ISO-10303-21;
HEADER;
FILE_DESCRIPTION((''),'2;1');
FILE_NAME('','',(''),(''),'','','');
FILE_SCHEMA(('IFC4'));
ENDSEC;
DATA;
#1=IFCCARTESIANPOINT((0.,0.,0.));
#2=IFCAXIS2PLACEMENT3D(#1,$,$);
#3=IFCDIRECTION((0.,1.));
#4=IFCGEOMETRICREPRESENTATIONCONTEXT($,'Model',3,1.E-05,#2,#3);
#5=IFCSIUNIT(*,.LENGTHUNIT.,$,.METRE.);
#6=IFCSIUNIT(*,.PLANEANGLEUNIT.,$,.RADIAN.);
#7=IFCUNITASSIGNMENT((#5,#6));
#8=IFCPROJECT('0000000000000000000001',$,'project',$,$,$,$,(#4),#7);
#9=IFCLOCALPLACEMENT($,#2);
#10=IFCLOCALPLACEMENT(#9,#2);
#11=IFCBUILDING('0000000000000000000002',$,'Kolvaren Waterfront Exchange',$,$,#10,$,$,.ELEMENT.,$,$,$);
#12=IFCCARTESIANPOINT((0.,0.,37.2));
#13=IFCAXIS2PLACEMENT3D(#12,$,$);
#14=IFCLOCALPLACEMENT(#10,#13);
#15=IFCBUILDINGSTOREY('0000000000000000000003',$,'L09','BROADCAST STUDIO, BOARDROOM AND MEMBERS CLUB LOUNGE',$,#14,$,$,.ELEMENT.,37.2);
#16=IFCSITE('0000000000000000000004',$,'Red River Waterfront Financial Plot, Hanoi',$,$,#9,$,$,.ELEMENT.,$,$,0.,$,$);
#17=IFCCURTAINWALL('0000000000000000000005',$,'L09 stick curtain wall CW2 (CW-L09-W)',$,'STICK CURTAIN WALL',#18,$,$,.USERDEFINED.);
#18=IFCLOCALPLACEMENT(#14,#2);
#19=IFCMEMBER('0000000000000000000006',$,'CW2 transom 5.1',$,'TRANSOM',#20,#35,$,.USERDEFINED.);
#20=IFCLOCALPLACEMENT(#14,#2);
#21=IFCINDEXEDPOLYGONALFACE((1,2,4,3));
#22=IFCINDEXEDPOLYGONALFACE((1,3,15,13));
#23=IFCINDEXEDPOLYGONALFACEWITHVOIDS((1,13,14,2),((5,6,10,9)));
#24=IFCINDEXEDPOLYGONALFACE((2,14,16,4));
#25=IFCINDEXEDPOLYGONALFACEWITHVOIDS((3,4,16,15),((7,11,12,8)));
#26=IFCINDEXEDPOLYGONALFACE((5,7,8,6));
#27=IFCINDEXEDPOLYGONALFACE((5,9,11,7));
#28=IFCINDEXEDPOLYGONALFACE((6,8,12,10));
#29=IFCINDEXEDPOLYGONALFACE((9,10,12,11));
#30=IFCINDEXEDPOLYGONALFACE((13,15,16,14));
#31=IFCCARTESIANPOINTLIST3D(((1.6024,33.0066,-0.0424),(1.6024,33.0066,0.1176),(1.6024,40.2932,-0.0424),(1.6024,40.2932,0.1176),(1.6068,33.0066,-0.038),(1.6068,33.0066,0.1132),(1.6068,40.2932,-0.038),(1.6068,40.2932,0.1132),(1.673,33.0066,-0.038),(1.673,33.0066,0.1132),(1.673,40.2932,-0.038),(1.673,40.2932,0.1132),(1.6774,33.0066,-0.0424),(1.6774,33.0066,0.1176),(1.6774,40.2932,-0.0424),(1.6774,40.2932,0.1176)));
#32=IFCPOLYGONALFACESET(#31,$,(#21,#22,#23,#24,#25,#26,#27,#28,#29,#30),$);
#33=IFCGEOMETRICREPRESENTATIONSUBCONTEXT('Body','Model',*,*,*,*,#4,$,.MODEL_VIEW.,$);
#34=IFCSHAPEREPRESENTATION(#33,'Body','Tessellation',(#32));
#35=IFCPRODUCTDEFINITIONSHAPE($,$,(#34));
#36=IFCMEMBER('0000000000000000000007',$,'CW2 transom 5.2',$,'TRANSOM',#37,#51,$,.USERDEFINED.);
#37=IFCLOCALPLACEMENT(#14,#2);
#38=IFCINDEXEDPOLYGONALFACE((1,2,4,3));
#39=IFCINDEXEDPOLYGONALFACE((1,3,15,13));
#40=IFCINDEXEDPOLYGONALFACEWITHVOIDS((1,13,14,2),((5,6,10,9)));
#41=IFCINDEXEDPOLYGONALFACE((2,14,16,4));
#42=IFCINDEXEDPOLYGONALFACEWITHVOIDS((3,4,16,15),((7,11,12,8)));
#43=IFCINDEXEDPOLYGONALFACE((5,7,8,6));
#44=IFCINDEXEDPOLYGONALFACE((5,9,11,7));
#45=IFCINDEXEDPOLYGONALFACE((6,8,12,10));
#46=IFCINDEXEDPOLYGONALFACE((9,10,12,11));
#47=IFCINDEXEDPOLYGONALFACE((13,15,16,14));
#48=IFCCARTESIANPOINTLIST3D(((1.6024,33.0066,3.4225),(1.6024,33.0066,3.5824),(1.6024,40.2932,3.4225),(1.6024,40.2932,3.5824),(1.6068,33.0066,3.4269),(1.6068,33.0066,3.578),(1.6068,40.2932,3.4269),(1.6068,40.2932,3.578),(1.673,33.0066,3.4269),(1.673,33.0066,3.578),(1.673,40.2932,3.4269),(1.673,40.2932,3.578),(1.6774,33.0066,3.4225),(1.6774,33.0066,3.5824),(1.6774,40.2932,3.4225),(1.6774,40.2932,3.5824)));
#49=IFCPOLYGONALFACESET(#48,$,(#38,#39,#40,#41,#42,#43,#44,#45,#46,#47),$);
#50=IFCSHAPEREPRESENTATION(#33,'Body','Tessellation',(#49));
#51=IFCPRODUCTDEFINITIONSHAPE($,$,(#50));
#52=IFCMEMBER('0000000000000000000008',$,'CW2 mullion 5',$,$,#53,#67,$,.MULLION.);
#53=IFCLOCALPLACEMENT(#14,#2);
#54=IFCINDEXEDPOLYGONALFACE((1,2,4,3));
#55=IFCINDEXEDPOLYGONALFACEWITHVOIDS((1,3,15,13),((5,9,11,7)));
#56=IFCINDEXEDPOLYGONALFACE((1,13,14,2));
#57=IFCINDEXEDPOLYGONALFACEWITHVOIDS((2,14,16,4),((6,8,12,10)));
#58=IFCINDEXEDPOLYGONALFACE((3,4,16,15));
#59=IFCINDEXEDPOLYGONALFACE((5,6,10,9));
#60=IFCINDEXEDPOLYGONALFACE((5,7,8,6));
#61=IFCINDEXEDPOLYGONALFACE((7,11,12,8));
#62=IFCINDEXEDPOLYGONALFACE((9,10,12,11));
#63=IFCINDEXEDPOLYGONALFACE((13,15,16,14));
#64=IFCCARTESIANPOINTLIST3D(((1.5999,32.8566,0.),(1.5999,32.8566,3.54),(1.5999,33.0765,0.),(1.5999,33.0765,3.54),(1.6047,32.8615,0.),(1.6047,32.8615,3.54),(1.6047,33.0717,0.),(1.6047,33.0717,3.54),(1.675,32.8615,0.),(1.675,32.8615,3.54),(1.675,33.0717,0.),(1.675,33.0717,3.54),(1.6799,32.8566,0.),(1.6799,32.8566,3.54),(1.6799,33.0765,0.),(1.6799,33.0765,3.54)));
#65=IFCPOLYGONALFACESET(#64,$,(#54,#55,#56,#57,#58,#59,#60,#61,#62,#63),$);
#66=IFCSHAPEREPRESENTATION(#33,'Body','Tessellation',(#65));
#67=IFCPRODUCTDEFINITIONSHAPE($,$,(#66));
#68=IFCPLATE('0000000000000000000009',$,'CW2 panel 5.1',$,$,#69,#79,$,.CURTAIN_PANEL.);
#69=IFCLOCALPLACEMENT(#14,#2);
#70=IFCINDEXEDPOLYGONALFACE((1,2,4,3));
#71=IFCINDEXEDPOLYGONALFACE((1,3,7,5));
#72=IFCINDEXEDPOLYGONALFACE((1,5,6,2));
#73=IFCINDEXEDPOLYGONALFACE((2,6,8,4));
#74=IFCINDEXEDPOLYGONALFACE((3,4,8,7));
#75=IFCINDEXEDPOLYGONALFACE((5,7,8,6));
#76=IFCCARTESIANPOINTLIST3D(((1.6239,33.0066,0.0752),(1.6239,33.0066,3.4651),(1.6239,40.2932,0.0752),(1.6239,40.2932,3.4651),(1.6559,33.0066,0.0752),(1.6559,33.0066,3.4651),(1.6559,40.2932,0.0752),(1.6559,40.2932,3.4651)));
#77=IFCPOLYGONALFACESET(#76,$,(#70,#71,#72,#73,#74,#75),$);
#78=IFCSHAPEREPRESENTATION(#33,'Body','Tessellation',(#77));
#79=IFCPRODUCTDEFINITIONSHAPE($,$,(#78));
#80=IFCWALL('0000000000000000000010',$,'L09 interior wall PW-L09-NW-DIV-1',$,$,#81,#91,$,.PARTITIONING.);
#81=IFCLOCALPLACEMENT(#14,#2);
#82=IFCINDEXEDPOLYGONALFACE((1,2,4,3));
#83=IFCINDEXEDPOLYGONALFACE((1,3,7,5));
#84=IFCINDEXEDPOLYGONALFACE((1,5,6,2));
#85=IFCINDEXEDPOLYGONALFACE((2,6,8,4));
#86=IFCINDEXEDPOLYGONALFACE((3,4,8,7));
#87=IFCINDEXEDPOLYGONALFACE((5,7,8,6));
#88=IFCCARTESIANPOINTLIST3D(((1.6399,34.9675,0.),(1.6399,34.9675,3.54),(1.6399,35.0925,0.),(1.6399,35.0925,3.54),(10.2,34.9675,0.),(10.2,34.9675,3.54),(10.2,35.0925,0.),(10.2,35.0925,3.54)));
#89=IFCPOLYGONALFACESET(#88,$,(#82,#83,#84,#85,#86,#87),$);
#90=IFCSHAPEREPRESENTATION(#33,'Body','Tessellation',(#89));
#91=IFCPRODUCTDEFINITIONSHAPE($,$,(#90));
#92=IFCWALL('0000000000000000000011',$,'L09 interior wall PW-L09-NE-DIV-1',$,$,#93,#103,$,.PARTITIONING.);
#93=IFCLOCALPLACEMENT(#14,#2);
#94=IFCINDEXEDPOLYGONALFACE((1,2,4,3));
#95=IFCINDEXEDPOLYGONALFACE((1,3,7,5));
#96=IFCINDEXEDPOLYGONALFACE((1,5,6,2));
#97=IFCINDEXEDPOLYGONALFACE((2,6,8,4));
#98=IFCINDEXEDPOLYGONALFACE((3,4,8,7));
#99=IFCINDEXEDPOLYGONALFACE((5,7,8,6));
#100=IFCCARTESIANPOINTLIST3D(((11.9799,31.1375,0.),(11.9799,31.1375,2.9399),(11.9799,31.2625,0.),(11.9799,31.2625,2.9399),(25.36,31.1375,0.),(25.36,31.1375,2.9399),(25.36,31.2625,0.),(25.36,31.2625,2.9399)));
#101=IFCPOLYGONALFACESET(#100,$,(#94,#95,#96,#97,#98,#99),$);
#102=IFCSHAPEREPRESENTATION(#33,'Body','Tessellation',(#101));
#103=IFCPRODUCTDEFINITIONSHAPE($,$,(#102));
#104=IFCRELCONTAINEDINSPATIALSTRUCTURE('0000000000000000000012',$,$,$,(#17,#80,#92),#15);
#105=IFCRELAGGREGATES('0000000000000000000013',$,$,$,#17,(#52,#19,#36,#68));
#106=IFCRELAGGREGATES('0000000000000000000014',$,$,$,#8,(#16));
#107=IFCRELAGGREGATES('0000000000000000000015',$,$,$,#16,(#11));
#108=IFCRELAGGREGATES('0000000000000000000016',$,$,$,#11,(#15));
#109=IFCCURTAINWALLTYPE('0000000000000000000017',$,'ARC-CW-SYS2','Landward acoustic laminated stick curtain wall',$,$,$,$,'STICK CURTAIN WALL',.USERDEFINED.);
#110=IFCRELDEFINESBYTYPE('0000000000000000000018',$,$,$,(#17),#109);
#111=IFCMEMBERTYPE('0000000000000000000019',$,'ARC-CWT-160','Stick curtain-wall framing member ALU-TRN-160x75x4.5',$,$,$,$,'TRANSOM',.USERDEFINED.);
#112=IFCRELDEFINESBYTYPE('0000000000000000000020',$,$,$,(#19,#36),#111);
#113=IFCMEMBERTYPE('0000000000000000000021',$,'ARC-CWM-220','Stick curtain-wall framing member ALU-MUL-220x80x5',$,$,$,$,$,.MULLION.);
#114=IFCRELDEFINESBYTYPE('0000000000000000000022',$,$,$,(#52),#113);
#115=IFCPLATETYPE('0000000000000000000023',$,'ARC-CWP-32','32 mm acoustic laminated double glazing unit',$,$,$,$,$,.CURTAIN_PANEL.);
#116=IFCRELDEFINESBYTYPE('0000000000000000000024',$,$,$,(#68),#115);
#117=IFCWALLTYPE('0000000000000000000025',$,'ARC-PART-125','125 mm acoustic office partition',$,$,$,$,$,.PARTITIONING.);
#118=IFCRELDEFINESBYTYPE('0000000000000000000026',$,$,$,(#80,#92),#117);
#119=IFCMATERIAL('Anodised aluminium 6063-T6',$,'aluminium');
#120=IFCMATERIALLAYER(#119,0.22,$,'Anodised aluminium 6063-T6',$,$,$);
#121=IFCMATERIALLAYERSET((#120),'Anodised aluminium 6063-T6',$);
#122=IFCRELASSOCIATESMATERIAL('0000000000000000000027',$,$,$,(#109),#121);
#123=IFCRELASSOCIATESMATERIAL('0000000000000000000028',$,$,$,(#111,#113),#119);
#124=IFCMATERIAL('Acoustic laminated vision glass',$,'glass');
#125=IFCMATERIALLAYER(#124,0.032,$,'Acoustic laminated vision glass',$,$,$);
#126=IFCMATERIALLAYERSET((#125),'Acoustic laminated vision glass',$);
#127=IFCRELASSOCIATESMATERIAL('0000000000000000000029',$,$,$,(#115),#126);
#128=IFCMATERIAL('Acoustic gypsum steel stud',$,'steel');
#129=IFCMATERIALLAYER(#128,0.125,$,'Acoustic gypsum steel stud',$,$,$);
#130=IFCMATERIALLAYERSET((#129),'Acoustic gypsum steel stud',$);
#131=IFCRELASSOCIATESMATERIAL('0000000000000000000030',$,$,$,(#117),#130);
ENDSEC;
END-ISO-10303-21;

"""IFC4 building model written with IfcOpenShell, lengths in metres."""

from ifc_helpers import new_model, si_unit, direction, frame, frame_2d, origin, origin_with_axes, origin_2d, place, context, subcontext, project, spatial, rectangle, hollow_rectangle, extrude, source, transform, mapped, material, layer, layer_set, material_profile, profile_set, type_object, element, aggregate, save


model = new_model("IFC4")

# Units and contexts
model_context = context("Model", 3, precision=1e-05, world=origin(), true_north=direction((0.0, 1.0)))
body_context = subcontext(model_context, "Body", "Model", "MODEL_VIEW")
ifc_project = project(units=[si_unit("LENGTHUNIT", "METRE"), si_unit("PLANEANGLEUNIT", "RADIAN")], contexts=[model_context])

# Site, building, storey
site_placement = place(None, origin())
site = spatial("IfcSite", under=ifc_project, at=site_placement, Name="Red River Waterfront Financial Plot, Hanoi", CompositionType="ELEMENT", RefElevation=0.0)
building_placement = place(site_placement, origin())
building = spatial("IfcBuilding", under=site, at=building_placement, Name="Kolvaren Waterfront Exchange", CompositionType="ELEMENT")
storey_placement = place(building_placement, frame((0.0, 0.0, 37.2)))
storey = spatial("IfcBuildingStorey", under=building, at=storey_placement, Name="L09", Description="BROADCAST STUDIO, BOARDROOM AND MEMBERS CLUB LOUNGE", CompositionType="ELEMENT", Elevation=37.2)

# Curtain wall, members, plate
ifc_material_1 = material(Name="Anodised aluminium 6063-T6", Category="aluminium")
ifc_layer_1 = layer(ifc_material_1, 0.22, Name="Anodised aluminium 6063-T6")
ifc_layer_set_1 = layer_set([ifc_layer_1], Name="Anodised aluminium 6063-T6")
curtain_wall_type = type_object("IfcCurtainWallType", Name="ARC-CW-SYS2", Description="Landward acoustic laminated stick curtain wall", ElementType="STICK CURTAIN WALL", PredefinedType="USERDEFINED", material=ifc_layer_set_1)
curtain_wall_placement = place(storey_placement, origin())
curtain_wall = element("IfcCurtainWall", 1, at=curtain_wall_placement, inside=storey, type_object=curtain_wall_type, Name="L09 stick curtain wall CW2 (CW-L09-W)", ObjectType="STICK CURTAIN WALL", PredefinedType="USERDEFINED")
ifc_material_profile_1 = material_profile(ifc_material_1, hollow_rectangle(XDim=0.075, YDim=0.1599, WallThickness=0.0044, at=origin_2d()), Name="ALU-TRN-160x75x4.5")
ifc_profile_set_1 = profile_set([ifc_material_profile_1], Name="Anodised aluminium 6063-T6")
member_type_1 = type_object("IfcMemberType", Name="ARC-CWT-160", Description="Stick curtain-wall framing member ALU-TRN-160x75x4.5", ElementType="TRANSOM", PredefinedType="USERDEFINED", material=ifc_profile_set_1)
shared_shape_1 = source(origin_with_axes(), body_context, "Body", "SweptSolid", [
    extrude(hollow_rectangle(XDim=0.075, YDim=0.1599, WallThickness=0.0044, at=origin_2d()), origin(), (0.0, 0.0, 1.0), 7.2866),
])
member_1_placement = place(storey_placement, frame((1.6399, 33.0066, 0.0376), z_axis=(0.0, 1.0, 0.0), x_axis=(-1.0, 0.0, 0.0)))
member_1 = element("IfcMember", 2, at=member_1_placement, type_object=member_type_1, Name="CW2 transom 5.1", ObjectType="TRANSOM", PredefinedType="USERDEFINED", context=body_context, shape_type="MappedRepresentation", body=[
    mapped(shared_shape_1, transform((0.0, 0.0, 0.0), x_axis=(1.0, 0.0, 0.0), y_axis=(0.0, 1.0, 0.0), z_axis=(0.0, 0.0, 1.0), scale=1.0)),
])
member_2_placement = place(storey_placement, frame((1.6399, 33.0066, 3.5024), z_axis=(0.0, 1.0, 0.0), x_axis=(-1.0, 0.0, 0.0)))
member_2 = element("IfcMember", 3, at=member_2_placement, type_object=member_type_1, Name="CW2 transom 5.2", ObjectType="TRANSOM", PredefinedType="USERDEFINED", context=body_context, shape_type="MappedRepresentation", body=[
    mapped(shared_shape_1, transform((0.0, 0.0, 0.0), x_axis=(1.0, 0.0, 0.0), y_axis=(0.0, 1.0, 0.0), z_axis=(0.0, 0.0, 1.0), scale=1.0)),
])
ifc_material_profile_2 = material_profile(ifc_material_1, hollow_rectangle(XDim=0.0801, YDim=0.22, WallThickness=0.0049, at=origin_2d()), Name="ALU-MUL-220x80x5")
ifc_profile_set_2 = profile_set([ifc_material_profile_2], Name="Anodised aluminium 6063-T6")
member_type_2 = type_object("IfcMemberType", Name="ARC-CWM-220", Description="Stick curtain-wall framing member ALU-MUL-220x80x5", PredefinedType="MULLION", material=ifc_profile_set_2)
shared_shape_2 = source(origin_with_axes(), body_context, "Body", "SweptSolid", [
    extrude(hollow_rectangle(XDim=0.0801, YDim=0.22, WallThickness=0.0049, at=origin_2d()), origin(), (0.0, 0.0, 1.0), 3.54),
])
member_3_placement = place(storey_placement, frame((1.6399, 32.9666, 0.0), z_axis=(0.0, 0.0, 1.0), x_axis=(-1.0, 0.0, 0.0)))
member_3 = element("IfcMember", 4, at=member_3_placement, type_object=member_type_2, Name="CW2 mullion 5", PredefinedType="MULLION", context=body_context, shape_type="MappedRepresentation", body=[
    mapped(shared_shape_2, transform((0.0, 0.0, 0.0), x_axis=(1.0, 0.0, 0.0), y_axis=(0.0, 1.0, 0.0), z_axis=(0.0, 0.0, 1.0), scale=1.0)),
])
ifc_material_2 = material(Name="Acoustic laminated vision glass", Category="glass")
ifc_layer_2 = layer(ifc_material_2, 0.032, Name="Acoustic laminated vision glass")
ifc_layer_set_2 = layer_set([ifc_layer_2], Name="Acoustic laminated vision glass")
plate_type = type_object("IfcPlateType", Name="ARC-CWP-32", Description="32 mm acoustic laminated double glazing unit", PredefinedType="CURTAIN_PANEL", material=ifc_layer_set_2)
shared_shape_3 = source(origin_with_axes(), body_context, "Body", "SweptSolid", [
    extrude(rectangle(XDim=7.2866, YDim=0.032, at=origin_2d()), origin(), (0.0, 0.0, 1.0), 3.3899),
])
plate_placement = place(storey_placement, frame((1.6399, 36.6499, 0.0752), z_axis=(0.0, 0.0, 1.0), x_axis=(0.0, 1.0, 0.0)))
plate = element("IfcPlate", 5, at=plate_placement, type_object=plate_type, Name="CW2 panel 5.1", PredefinedType="CURTAIN_PANEL", context=body_context, shape_type="MappedRepresentation", body=[
    mapped(shared_shape_3, transform((0.0, 0.0, 0.0), x_axis=(1.0, 0.0, 0.0), y_axis=(0.0, 1.0, 0.0), z_axis=(0.0, 0.0, 1.0), scale=1.0)),
])
aggregate(curtain_wall, [member_3, member_1, member_2, plate])

# Walls
ifc_material_3 = material(Name="Acoustic gypsum steel stud", Category="steel")
ifc_layer_3 = layer(ifc_material_3, 0.125, Name="Acoustic gypsum steel stud")
ifc_layer_set_3 = layer_set([ifc_layer_3], Name="Acoustic gypsum steel stud")
wall_type = type_object("IfcWallType", Name="ARC-PART-125", Description="125 mm acoustic office partition", PredefinedType="PARTITIONING", material=ifc_layer_set_3)
wall_1_placement = place(storey_placement, frame((1.6399, 35.03, 0.0), z_axis=(0.0, 0.0, 1.0), x_axis=(1.0, 0.0, 0.0)))
element("IfcWall", 6, at=wall_1_placement, inside=storey, type_object=wall_type, Name="L09 interior wall PW-L09-NW-DIV-1", PredefinedType="PARTITIONING", context=body_context, shape_type="SweptSolid", body=[
    extrude(rectangle(XDim=8.5601, YDim=0.125, at=frame_2d((4.28, 0.0))), origin(), (0.0, 0.0, 1.0), 3.54),
])
wall_2_placement = place(storey_placement, frame((11.98, 31.2, 0.0), z_axis=(0.0, 0.0, 1.0), x_axis=(1.0, 0.0, 0.0)))
element("IfcWall", 7, at=wall_2_placement, inside=storey, type_object=wall_type, Name="L09 interior wall PW-L09-NE-DIV-1", PredefinedType="PARTITIONING", context=body_context, shape_type="SweptSolid", body=[
    extrude(rectangle(XDim=13.3801, YDim=0.125, at=frame_2d((6.6899, 0.0))), origin(), (0.0, 0.0, 1.0), 2.9399),
])

save(model, "model.ifc")
